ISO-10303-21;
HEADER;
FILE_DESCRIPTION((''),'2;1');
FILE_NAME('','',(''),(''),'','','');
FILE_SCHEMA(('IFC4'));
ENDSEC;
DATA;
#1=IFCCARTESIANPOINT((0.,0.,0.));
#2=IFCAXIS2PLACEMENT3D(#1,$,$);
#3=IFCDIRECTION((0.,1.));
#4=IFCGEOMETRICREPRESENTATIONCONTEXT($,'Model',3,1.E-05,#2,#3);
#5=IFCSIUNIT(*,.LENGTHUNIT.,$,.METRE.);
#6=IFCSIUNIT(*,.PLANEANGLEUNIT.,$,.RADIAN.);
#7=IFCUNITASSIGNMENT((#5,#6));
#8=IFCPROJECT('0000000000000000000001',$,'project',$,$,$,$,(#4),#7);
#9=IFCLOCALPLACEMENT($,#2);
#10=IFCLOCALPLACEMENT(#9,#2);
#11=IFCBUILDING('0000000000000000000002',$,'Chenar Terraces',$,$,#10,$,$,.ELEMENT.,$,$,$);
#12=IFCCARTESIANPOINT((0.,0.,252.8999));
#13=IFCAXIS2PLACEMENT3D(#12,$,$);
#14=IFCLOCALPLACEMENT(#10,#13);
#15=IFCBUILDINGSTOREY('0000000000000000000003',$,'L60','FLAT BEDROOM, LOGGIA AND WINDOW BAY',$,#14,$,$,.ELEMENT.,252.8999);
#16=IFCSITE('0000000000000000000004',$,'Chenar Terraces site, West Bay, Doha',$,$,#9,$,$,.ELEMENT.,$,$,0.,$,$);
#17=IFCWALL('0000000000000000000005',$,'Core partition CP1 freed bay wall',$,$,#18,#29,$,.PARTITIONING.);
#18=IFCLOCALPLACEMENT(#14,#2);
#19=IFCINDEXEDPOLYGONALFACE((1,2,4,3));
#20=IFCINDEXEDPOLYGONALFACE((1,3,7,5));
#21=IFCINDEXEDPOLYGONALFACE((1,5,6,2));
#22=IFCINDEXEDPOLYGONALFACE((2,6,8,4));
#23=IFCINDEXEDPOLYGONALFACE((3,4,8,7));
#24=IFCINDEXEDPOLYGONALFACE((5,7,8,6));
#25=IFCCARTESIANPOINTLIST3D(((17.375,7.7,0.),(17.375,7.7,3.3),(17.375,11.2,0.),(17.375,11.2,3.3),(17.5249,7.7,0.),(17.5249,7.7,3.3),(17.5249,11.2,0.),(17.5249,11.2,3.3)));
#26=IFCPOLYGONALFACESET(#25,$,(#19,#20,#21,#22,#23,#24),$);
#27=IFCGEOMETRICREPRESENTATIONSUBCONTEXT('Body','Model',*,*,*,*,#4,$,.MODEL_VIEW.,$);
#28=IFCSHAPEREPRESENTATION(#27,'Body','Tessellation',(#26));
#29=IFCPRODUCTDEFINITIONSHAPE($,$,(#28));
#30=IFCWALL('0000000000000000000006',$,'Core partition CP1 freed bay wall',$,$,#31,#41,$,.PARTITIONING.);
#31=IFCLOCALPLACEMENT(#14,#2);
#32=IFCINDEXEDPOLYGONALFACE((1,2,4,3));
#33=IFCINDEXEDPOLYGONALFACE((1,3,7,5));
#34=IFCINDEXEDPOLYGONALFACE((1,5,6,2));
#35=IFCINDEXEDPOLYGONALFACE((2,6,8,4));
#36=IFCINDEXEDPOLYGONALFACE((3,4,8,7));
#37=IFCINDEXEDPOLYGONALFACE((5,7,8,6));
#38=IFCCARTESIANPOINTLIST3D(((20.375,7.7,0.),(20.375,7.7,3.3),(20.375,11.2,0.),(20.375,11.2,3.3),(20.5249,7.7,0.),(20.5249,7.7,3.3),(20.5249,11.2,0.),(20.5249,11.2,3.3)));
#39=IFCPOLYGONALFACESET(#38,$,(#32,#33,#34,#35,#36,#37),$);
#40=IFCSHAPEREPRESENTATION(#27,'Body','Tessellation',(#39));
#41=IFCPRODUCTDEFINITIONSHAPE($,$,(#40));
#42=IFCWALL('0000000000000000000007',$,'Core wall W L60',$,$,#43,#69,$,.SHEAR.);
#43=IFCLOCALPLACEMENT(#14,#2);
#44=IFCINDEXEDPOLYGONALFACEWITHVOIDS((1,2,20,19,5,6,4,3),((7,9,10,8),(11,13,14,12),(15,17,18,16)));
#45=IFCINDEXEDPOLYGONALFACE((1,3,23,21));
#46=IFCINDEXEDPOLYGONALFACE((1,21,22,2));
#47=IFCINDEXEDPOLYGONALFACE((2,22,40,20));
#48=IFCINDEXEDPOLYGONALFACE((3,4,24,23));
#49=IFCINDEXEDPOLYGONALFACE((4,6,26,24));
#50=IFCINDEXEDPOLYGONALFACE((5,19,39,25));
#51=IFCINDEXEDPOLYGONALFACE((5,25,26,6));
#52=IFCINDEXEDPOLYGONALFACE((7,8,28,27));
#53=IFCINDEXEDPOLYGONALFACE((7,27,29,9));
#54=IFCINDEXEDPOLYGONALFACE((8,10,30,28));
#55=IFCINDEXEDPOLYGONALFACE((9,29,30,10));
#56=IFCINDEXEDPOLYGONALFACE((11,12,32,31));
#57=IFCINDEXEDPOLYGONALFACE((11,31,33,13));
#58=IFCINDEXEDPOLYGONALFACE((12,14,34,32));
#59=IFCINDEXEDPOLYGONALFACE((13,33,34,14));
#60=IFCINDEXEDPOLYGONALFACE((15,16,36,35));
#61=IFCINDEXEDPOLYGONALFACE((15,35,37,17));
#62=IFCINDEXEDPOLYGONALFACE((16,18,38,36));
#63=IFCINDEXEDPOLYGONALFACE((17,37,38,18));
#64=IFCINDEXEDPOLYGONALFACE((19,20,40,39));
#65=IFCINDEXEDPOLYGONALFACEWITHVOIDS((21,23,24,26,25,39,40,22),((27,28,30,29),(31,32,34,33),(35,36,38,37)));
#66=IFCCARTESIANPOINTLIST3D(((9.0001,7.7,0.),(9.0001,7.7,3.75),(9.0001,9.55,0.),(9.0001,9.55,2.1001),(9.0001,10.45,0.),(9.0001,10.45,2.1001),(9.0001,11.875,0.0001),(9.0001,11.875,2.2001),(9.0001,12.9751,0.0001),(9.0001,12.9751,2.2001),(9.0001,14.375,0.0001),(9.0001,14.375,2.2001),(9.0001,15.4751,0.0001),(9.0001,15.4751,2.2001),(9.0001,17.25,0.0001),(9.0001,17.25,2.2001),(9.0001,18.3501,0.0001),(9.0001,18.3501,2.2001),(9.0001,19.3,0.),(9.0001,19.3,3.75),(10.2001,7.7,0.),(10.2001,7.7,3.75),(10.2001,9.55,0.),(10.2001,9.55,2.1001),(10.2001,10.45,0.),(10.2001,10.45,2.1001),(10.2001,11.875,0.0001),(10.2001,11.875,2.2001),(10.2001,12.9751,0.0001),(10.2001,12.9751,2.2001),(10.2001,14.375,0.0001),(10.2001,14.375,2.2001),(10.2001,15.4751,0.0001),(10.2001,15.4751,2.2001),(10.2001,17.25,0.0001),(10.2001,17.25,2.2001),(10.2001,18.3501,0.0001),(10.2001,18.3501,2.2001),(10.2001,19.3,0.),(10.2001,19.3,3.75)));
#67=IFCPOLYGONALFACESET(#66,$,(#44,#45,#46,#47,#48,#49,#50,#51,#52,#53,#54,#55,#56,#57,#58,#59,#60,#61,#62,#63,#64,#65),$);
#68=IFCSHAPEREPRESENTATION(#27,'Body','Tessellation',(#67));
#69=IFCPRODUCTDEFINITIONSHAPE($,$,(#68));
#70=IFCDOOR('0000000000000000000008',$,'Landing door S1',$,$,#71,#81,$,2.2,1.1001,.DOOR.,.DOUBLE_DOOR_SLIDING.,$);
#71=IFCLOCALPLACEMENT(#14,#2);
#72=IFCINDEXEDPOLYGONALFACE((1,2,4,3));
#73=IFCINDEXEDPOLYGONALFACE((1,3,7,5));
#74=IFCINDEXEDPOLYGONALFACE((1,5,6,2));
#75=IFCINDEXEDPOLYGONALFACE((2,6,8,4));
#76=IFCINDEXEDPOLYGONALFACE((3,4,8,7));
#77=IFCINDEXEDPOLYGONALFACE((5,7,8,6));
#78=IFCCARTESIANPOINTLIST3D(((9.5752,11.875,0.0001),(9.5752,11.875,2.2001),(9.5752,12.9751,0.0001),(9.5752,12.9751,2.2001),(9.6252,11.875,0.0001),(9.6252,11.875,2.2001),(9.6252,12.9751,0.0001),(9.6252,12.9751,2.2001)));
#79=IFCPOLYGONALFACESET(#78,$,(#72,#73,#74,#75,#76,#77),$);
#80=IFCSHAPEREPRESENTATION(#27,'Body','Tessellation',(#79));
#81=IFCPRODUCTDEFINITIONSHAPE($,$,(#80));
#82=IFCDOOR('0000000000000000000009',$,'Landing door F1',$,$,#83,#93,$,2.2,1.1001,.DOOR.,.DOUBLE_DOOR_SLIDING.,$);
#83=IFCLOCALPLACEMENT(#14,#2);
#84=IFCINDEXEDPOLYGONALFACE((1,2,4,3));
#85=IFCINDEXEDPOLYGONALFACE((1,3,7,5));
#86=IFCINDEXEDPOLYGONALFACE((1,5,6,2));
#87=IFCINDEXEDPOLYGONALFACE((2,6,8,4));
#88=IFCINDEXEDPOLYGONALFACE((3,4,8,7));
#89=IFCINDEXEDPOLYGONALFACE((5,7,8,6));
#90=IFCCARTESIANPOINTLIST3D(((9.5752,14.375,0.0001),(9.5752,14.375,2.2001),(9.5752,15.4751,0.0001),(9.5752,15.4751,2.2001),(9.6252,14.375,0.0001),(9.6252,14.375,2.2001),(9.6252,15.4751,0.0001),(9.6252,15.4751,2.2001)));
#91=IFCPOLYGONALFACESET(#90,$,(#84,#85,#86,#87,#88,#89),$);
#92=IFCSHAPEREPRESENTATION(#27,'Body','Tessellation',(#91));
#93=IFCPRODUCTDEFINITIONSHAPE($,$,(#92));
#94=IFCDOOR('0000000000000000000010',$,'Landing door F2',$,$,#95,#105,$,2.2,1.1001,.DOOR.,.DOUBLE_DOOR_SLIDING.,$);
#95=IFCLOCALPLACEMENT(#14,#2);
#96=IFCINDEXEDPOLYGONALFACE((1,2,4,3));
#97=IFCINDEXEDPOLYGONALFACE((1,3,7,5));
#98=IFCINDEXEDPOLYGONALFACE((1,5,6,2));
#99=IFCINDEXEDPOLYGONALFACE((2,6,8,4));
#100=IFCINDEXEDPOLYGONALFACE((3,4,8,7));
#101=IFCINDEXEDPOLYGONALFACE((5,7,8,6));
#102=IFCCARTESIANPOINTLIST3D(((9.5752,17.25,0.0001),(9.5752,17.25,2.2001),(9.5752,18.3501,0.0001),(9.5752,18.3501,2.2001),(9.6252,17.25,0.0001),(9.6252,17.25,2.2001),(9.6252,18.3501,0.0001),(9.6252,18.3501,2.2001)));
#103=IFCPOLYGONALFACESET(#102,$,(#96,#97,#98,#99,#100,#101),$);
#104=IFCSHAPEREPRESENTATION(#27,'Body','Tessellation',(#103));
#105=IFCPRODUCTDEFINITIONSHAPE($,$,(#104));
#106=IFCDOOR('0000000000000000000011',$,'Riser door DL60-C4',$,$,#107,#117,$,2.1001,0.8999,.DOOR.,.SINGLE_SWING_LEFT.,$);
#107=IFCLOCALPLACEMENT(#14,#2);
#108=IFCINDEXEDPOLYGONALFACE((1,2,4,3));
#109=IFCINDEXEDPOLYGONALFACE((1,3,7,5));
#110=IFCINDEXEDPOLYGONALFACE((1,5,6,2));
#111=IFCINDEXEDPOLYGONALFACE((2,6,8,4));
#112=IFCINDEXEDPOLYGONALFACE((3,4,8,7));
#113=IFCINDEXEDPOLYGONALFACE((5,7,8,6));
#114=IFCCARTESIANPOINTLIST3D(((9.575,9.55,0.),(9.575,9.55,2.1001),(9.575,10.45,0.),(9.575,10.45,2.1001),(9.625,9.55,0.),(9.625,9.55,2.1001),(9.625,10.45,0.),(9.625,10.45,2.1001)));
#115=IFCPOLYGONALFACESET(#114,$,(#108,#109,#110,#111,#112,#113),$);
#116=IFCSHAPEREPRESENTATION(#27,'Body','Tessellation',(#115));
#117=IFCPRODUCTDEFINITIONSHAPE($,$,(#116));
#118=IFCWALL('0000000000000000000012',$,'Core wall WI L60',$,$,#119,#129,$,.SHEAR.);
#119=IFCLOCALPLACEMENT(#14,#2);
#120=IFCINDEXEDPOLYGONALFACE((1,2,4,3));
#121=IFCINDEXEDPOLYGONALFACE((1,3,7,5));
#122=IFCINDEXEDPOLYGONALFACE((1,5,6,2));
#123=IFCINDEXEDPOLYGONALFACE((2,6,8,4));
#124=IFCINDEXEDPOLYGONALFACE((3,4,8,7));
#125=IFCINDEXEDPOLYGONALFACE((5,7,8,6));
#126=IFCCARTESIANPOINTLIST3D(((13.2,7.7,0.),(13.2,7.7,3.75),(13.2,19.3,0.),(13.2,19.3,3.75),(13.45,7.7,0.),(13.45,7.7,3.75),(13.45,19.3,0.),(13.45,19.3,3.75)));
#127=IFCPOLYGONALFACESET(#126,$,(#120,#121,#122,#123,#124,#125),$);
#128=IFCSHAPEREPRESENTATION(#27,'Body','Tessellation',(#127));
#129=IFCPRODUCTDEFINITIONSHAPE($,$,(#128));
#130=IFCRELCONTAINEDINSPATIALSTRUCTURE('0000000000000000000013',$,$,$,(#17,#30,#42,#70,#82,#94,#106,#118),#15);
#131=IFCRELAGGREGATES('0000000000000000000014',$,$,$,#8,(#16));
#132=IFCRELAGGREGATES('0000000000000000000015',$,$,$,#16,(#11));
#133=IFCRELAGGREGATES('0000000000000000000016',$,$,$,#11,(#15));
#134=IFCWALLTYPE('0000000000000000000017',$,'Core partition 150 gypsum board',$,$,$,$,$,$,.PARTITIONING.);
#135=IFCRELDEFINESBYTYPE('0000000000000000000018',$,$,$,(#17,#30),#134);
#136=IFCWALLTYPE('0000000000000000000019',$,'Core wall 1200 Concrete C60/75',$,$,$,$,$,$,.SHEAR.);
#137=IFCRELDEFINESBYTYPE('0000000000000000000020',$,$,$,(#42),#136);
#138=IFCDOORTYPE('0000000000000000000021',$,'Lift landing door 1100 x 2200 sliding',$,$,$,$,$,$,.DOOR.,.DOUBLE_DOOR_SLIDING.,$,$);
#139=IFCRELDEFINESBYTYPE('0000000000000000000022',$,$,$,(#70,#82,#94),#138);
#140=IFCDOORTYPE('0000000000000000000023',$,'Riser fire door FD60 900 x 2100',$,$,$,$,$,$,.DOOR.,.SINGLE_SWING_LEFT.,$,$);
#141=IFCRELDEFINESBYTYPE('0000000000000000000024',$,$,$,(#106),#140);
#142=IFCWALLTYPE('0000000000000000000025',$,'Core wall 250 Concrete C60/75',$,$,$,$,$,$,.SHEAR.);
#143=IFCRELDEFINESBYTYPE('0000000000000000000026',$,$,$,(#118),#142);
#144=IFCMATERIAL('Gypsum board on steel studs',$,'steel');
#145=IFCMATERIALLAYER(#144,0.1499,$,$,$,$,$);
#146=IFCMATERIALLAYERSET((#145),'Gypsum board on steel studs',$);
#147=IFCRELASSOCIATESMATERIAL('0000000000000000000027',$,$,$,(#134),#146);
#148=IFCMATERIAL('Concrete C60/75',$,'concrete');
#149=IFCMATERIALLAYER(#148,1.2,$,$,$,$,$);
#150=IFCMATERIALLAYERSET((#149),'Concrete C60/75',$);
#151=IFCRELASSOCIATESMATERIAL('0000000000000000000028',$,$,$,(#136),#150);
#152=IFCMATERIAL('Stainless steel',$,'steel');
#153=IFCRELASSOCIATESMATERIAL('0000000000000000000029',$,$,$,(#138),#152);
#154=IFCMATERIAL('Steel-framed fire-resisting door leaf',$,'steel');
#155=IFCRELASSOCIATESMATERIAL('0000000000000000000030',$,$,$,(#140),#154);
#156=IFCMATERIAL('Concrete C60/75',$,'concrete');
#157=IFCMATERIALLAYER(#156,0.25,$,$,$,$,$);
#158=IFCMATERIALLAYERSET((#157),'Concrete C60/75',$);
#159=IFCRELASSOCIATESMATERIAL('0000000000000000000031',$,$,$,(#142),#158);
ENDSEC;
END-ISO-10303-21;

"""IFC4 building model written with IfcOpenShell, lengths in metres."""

from ifc_helpers import new_model, si_unit, direction, frame, frame_2d, origin, place, context, subcontext, project, spatial, rectangle, extrude, material, layer, layer_set, type_object, element, fill, save


model = new_model("IFC4")

# Units and contexts
model_context = context("Model", 3, precision=1e-05, world=origin(), true_north=direction((0.0, 1.0)))
body_context = subcontext(model_context, "Body", "Model", "MODEL_VIEW")
ifc_project = project(units=[si_unit("LENGTHUNIT", "METRE"), si_unit("PLANEANGLEUNIT", "RADIAN")], contexts=[model_context])

# Site, building, storey
site_placement = place(None, origin())
site = spatial("IfcSite", under=ifc_project, at=site_placement, Name="Chenar Terraces site, West Bay, Doha", CompositionType="ELEMENT", RefElevation=0.0)
building_placement = place(site_placement, origin())
building = spatial("IfcBuilding", under=site, at=building_placement, Name="Chenar Terraces", CompositionType="ELEMENT")
storey_placement = place(building_placement, frame((0.0, 0.0, 252.8999)))
storey = spatial("IfcBuildingStorey", under=building, at=storey_placement, Name="L60", Description="FLAT BEDROOM, LOGGIA AND WINDOW BAY", CompositionType="ELEMENT", Elevation=252.8999)

# Walls
ifc_material_1 = material(Name="Gypsum board on steel studs", Category="steel")
ifc_layer_1 = layer(ifc_material_1, 0.1499)
ifc_layer_set_1 = layer_set([ifc_layer_1], Name="Gypsum board on steel studs")
wall_type_1 = type_object("IfcWallType", Name="Core partition 150 gypsum board", PredefinedType="PARTITIONING", material=ifc_layer_set_1)
for number, where, z_axis, x_axis, name in (
    (1, (17.45, 7.7, 0.0), (0.0, 0.0, 1.0), (0.0, 1.0, 0.0), "Core partition CP1 freed bay wall"),
    (2, (20.45, 7.7, 0.0), (0.0, 0.0, 1.0), (0.0, 1.0, 0.0), "Core partition CP1 freed bay wall"),
):
    element("IfcWall", number, at=place(storey_placement, frame(where, z_axis=z_axis, x_axis=x_axis)), inside=storey, type_object=wall_type_1, Name=name, PredefinedType="PARTITIONING", context=body_context, shape_type="SweptSolid", body=[
        extrude(rectangle(XDim=3.5, YDim=0.1499, at=frame_2d((1.75, 0.0))), origin(), (0.0, 0.0, 1.0), 3.3),
    ])

# Wall, openings, doors
ifc_material_2 = material(Name="Concrete C60/75", Category="concrete")
ifc_layer_2 = layer(ifc_material_2, 1.2)
ifc_layer_set_2 = layer_set([ifc_layer_2], Name="Concrete C60/75")
wall_type_2 = type_object("IfcWallType", Name="Core wall 1200 Concrete C60/75", PredefinedType="SHEAR", material=ifc_layer_set_2)
wall_1_placement = place(storey_placement, frame((9.6001, 7.7, 0.0), z_axis=(0.0, 0.0, 1.0), x_axis=(0.0, 1.0, 0.0)))
wall_1 = element("IfcWall", 3, at=wall_1_placement, inside=storey, type_object=wall_type_2, Name="Core wall W L60", PredefinedType="SHEAR", context=body_context, shape_type="SweptSolid", body=[
    extrude(rectangle(XDim=11.6001, YDim=1.2, at=frame_2d((5.8, 0.0))), origin(), (0.0, 0.0, 1.0), 3.75),
])
opening_1_placement = place(wall_1_placement, frame((4.175, 0.0, 0.0)))
opening_1 = element("IfcOpeningElement", 4, at=opening_1_placement, cuts=wall_1, PredefinedType="OPENING", context=body_context, shape_type="SweptSolid", body=[
    extrude(rectangle(XDim=1.1001, YDim=2.2, at=frame_2d((0.55, 1.1001))), frame((0.0, 0.6099, 0.0), z_axis=(0.0, -1.0, 0.0), x_axis=(1.0, 0.0, 0.0)), (0.0, 0.0, 1.0), 1.22),
])
opening_2_placement = place(wall_1_placement, frame((6.675, 0.0, 0.0)))
opening_2 = element("IfcOpeningElement", 5, at=opening_2_placement, cuts=wall_1, PredefinedType="OPENING", context=body_context, shape_type="SweptSolid", body=[
    extrude(rectangle(XDim=1.1001, YDim=2.2, at=frame_2d((0.55, 1.1001))), frame((0.0, 0.6099, 0.0), z_axis=(0.0, -1.0, 0.0), x_axis=(1.0, 0.0, 0.0)), (0.0, 0.0, 1.0), 1.22),
])
opening_3_placement = place(wall_1_placement, frame((9.55, 0.0, 0.0)))
opening_3 = element("IfcOpeningElement", 6, at=opening_3_placement, cuts=wall_1, PredefinedType="OPENING", context=body_context, shape_type="SweptSolid", body=[
    extrude(rectangle(XDim=1.1001, YDim=2.2, at=frame_2d((0.55, 1.1001))), frame((0.0, 0.6099, 0.0), z_axis=(0.0, -1.0, 0.0), x_axis=(1.0, 0.0, 0.0)), (0.0, 0.0, 1.0), 1.22),
])
opening_4_placement = place(wall_1_placement, frame((1.8501, 0.0, 0.0)))
opening_4 = element("IfcOpeningElement", 7, at=opening_4_placement, cuts=wall_1, PredefinedType="OPENING", context=body_context, shape_type="SweptSolid", body=[
    extrude(rectangle(XDim=0.8999, YDim=2.1001, at=frame_2d((0.45, 1.05))), frame((0.0, 0.6099, 0.0), z_axis=(0.0, -1.0, 0.0), x_axis=(1.0, 0.0, 0.0)), (0.0, 0.0, 1.0), 1.22),
])
ifc_material_3 = material(Name="Stainless steel", Category="steel")
door_type_1 = type_object("IfcDoorType", Name="Lift landing door 1100 x 2200 sliding", OperationType="DOUBLE_DOOR_SLIDING", PredefinedType="DOOR", material=ifc_material_3)
door_1_placement = place(opening_1_placement, origin())
door_1 = element("IfcDoor", 8, at=door_1_placement, inside=storey, type_object=door_type_1, Name="Landing door S1", OperationType="DOUBLE_DOOR_SLIDING", OverallHeight=2.2, OverallWidth=1.1001, PredefinedType="DOOR", context=body_context, shape_type="SweptSolid", body=[
    extrude(rectangle(XDim=1.1001, YDim=2.2, at=frame_2d((0.55, 1.1001))), frame((0.0, 0.0249, 0.0), z_axis=(0.0, -1.0, 0.0), x_axis=(1.0, 0.0, 0.0)), (0.0, 0.0, 1.0), 0.05),
])
fill(opening_1, door_1)
door_2_placement = place(opening_2_placement, origin())
door_2 = element("IfcDoor", 9, at=door_2_placement, inside=storey, type_object=door_type_1, Name="Landing door F1", OperationType="DOUBLE_DOOR_SLIDING", OverallHeight=2.2, OverallWidth=1.1001, PredefinedType="DOOR", context=body_context, shape_type="SweptSolid", body=[
    extrude(rectangle(XDim=1.1001, YDim=2.2, at=frame_2d((0.55, 1.1001))), frame((0.0, 0.0249, 0.0), z_axis=(0.0, -1.0, 0.0), x_axis=(1.0, 0.0, 0.0)), (0.0, 0.0, 1.0), 0.05),
])
fill(opening_2, door_2)
door_3_placement = place(opening_3_placement, origin())
door_3 = element("IfcDoor", 10, at=door_3_placement, inside=storey, type_object=door_type_1, Name="Landing door F2", OperationType="DOUBLE_DOOR_SLIDING", OverallHeight=2.2, OverallWidth=1.1001, PredefinedType="DOOR", context=body_context, shape_type="SweptSolid", body=[
    extrude(rectangle(XDim=1.1001, YDim=2.2, at=frame_2d((0.55, 1.1001))), frame((0.0, 0.0249, 0.0), z_axis=(0.0, -1.0, 0.0), x_axis=(1.0, 0.0, 0.0)), (0.0, 0.0, 1.0), 0.05),
])
fill(opening_3, door_3)
ifc_material_4 = material(Name="Steel-framed fire-resisting door leaf", Category="steel")
door_type_2 = type_object("IfcDoorType", Name="Riser fire door FD60 900 x 2100", OperationType="SINGLE_SWING_LEFT", PredefinedType="DOOR", material=ifc_material_4)
door_4_placement = place(opening_4_placement, frame((0.8999, 0.0, 0.0), z_axis=(0.0, 0.0, 1.0), x_axis=(-1.0, 0.0, 0.0)))
door_4 = element("IfcDoor", 11, at=door_4_placement, inside=storey, type_object=door_type_2, Name="Riser door DL60-C4", OperationType="SINGLE_SWING_LEFT", OverallHeight=2.1001, OverallWidth=0.8999, PredefinedType="DOOR", context=body_context, shape_type="SweptSolid", body=[
    extrude(rectangle(XDim=0.8999, YDim=2.1001, at=frame_2d((0.45, 1.05))), frame((0.0, 0.0249, 0.0), z_axis=(0.0, -1.0, 0.0), x_axis=(1.0, 0.0, 0.0)), (0.0, 0.0, 1.0), 0.05),
])
fill(opening_4, door_4)

# Wall
ifc_material_5 = material(Name="Concrete C60/75", Category="concrete")
ifc_layer_3 = layer(ifc_material_5, 0.25)
ifc_layer_set_3 = layer_set([ifc_layer_3], Name="Concrete C60/75")
wall_type_3 = type_object("IfcWallType", Name="Core wall 250 Concrete C60/75", PredefinedType="SHEAR", material=ifc_layer_set_3)
wall_2_placement = place(storey_placement, frame((13.325, 7.7, 0.0), z_axis=(0.0, 0.0, 1.0), x_axis=(0.0, 1.0, 0.0)))
element("IfcWall", 12, at=wall_2_placement, inside=storey, type_object=wall_type_3, Name="Core wall WI L60", PredefinedType="SHEAR", context=body_context, shape_type="SweptSolid", body=[
    extrude(rectangle(XDim=11.6001, YDim=0.25, at=frame_2d((5.8, 0.0))), origin(), (0.0, 0.0, 1.0), 3.75),
])

save(model, "model.ifc")
